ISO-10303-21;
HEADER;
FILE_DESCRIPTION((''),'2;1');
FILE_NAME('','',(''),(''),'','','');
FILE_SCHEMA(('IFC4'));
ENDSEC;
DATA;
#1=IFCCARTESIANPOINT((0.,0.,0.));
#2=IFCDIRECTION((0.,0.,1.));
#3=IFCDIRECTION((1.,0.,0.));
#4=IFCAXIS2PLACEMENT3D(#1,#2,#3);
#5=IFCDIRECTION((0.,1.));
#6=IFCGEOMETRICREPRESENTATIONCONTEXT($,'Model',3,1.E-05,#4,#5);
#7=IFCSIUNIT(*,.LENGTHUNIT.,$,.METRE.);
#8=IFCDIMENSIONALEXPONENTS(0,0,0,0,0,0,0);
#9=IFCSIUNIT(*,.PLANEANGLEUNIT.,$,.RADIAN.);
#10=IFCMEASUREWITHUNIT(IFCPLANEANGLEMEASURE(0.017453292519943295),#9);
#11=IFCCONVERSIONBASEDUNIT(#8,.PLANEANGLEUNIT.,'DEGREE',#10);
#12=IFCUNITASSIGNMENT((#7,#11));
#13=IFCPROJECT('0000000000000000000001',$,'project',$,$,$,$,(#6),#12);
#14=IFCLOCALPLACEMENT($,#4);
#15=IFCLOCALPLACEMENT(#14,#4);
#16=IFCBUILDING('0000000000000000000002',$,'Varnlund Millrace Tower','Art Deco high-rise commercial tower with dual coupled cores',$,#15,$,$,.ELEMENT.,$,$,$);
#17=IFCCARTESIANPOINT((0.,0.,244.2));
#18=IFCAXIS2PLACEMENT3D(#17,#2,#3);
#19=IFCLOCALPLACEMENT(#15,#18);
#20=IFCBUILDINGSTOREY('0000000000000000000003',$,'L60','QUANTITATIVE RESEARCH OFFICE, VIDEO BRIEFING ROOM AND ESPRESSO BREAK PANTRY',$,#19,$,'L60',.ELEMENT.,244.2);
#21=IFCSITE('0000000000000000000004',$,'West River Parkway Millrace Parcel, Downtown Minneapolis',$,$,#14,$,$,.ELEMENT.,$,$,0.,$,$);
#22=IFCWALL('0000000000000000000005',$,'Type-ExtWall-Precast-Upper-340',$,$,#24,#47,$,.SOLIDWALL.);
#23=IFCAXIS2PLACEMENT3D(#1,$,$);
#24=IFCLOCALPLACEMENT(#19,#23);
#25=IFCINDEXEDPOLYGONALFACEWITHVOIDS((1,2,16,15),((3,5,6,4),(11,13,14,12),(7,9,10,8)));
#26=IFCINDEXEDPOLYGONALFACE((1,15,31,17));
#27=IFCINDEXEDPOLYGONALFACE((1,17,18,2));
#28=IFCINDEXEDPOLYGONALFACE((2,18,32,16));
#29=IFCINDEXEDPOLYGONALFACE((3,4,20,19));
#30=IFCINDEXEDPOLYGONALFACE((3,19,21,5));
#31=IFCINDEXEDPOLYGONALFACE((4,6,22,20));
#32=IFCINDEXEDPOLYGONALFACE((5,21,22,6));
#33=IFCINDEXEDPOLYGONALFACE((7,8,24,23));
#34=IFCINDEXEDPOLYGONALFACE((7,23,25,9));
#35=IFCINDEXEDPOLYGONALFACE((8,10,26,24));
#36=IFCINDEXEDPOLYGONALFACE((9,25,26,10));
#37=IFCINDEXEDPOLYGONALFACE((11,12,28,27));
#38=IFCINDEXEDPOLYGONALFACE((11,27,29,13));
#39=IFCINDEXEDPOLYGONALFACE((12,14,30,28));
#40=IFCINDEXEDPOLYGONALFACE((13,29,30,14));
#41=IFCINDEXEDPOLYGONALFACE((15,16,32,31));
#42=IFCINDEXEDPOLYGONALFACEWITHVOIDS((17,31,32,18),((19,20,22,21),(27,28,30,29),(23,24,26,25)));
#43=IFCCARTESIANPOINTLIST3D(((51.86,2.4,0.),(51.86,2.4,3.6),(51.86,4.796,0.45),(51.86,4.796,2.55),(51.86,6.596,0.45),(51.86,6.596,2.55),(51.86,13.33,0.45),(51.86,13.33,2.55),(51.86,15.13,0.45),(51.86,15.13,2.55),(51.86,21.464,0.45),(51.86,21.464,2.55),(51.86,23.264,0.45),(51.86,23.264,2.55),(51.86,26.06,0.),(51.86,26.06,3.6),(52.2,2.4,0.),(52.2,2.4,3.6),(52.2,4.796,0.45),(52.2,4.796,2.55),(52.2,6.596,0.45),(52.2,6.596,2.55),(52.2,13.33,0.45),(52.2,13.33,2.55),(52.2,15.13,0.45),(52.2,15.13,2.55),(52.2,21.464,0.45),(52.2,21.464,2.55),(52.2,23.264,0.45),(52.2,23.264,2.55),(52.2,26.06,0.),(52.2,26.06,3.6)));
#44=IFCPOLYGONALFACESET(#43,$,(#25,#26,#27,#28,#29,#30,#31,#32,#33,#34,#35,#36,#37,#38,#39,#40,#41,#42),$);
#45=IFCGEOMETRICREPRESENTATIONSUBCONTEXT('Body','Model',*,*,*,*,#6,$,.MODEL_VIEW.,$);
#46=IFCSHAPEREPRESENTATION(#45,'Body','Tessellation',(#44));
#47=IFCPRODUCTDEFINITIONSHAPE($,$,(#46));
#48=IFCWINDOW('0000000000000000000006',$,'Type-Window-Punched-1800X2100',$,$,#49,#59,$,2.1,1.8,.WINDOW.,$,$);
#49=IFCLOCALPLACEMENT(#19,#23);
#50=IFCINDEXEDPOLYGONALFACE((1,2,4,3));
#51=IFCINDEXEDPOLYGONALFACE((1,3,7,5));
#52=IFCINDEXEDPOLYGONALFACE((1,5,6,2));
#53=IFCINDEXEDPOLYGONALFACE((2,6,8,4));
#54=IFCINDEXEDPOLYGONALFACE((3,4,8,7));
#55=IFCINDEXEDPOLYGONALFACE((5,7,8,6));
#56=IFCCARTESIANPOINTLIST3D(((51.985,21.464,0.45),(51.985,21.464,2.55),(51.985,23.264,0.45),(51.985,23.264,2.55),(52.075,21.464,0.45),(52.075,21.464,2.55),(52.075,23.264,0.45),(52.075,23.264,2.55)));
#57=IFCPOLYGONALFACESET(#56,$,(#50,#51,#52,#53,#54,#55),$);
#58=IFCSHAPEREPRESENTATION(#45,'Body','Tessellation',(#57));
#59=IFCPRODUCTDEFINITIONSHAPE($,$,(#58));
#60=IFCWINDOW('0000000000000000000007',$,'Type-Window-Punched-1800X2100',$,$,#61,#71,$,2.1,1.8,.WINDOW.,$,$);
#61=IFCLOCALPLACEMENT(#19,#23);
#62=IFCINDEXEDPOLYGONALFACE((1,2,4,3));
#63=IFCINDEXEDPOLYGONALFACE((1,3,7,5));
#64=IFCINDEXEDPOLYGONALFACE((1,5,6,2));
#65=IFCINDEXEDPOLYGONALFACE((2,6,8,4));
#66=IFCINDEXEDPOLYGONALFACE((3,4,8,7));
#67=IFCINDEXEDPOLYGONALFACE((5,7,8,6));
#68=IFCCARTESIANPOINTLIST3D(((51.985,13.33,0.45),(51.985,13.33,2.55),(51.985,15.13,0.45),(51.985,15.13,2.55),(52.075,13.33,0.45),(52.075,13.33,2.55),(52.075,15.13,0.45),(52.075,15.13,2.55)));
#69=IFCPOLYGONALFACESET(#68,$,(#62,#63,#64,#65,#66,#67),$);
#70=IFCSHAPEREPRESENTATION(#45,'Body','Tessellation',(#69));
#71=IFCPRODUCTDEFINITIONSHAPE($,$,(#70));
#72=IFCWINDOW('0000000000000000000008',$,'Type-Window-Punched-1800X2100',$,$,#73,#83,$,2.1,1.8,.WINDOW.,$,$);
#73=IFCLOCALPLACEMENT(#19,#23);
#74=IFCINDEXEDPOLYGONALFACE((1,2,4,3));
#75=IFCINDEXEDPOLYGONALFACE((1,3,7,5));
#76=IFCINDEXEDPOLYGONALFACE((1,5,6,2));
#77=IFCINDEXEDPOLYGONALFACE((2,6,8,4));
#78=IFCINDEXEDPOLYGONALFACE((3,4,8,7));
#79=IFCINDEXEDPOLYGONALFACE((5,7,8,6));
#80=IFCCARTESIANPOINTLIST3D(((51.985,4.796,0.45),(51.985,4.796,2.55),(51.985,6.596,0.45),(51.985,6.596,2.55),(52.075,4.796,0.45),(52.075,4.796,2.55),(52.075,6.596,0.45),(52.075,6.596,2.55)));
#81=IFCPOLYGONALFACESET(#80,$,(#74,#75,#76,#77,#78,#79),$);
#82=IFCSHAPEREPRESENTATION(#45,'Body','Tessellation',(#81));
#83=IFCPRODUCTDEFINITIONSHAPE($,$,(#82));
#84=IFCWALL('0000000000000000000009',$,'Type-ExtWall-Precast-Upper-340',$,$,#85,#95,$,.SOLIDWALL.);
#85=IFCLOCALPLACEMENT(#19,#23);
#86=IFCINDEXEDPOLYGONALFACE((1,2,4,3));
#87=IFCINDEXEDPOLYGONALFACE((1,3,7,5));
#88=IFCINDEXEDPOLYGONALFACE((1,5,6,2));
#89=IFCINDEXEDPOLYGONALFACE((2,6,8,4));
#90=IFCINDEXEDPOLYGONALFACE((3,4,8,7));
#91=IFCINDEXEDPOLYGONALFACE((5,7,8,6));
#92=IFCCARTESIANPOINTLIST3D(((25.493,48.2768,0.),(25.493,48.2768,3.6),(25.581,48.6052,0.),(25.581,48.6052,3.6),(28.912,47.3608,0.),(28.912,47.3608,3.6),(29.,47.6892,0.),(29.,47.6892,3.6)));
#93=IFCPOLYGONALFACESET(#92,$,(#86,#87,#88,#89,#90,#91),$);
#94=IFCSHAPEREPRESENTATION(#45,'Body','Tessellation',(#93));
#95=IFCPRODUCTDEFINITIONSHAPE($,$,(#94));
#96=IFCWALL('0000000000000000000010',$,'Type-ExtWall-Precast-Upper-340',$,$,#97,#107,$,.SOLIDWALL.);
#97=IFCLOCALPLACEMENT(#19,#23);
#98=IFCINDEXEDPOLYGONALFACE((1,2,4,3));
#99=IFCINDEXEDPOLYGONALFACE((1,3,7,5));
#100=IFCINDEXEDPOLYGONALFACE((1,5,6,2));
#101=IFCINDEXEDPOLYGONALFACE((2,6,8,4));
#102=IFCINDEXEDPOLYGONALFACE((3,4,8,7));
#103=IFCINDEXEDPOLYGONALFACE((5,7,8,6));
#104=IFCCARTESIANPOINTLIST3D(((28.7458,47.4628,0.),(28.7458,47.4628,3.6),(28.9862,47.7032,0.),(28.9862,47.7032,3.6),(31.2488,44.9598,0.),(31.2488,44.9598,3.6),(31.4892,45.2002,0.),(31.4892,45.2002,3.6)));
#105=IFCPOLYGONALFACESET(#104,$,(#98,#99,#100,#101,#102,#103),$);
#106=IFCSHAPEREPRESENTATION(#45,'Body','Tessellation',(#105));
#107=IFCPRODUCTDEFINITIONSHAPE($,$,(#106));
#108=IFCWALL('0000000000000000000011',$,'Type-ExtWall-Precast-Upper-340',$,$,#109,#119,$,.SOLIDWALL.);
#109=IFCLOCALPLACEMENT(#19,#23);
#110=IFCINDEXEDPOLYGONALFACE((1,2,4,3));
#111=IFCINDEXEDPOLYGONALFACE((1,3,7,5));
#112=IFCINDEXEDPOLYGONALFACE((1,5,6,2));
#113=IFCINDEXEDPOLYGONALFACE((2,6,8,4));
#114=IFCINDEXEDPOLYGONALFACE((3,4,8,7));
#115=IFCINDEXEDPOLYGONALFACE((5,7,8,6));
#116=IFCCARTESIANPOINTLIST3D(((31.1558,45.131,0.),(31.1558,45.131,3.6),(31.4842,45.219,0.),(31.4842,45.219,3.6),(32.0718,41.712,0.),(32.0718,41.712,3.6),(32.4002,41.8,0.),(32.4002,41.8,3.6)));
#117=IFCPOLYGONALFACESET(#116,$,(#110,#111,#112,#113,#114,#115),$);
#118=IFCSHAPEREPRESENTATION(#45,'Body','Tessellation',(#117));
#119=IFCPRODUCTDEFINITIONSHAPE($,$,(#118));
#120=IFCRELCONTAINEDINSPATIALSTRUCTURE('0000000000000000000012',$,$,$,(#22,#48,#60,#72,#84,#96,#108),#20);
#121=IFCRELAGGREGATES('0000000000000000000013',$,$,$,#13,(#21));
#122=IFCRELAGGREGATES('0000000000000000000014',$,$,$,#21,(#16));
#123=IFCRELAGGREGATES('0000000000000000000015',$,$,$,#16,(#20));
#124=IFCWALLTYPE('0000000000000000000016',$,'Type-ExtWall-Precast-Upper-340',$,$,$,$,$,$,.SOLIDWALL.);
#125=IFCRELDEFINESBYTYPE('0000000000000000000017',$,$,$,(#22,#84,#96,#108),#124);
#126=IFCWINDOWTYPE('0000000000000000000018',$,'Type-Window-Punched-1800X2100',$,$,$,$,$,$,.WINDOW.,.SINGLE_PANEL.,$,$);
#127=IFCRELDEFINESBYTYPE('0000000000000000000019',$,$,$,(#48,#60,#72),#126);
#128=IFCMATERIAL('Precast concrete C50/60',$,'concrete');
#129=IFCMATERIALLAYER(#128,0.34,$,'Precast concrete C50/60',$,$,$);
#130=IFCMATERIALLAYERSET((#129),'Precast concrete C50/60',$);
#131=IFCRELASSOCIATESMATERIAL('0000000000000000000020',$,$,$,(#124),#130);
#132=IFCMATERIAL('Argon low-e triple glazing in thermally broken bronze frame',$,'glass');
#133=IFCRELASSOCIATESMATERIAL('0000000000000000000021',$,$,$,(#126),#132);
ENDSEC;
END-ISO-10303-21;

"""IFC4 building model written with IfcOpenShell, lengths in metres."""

from ifc_helpers import new_model, entity, si_unit, converted_unit, direction, frame, origin_with_axes, origin_2d_with_axis, place, context, subcontext, project, spatial, polyline, rectangle, outline, extrude, material, layer, layer_set, type_object, element, fill, save


model = new_model("IFC4")

# Units and contexts
model_context = context("Model", 3, precision=1e-05, world=origin_with_axes(), true_north=direction((0.0, 1.0)))
body_context = subcontext(model_context, "Body", "Model", "MODEL_VIEW")
ifc_project = project(units=[si_unit("LENGTHUNIT", "METRE"), converted_unit("PLANEANGLEUNIT", "DEGREE", entity("IfcPlaneAngleMeasure", 0.017453292519943295), si_unit("PLANEANGLEUNIT", "RADIAN"), dimensions=[0, 0, 0, 0, 0, 0, 0])], contexts=[model_context])

# Site, building, storey
site_placement = place(None, origin_with_axes())
site = spatial("IfcSite", under=ifc_project, at=site_placement, Name="West River Parkway Millrace Parcel, Downtown Minneapolis", CompositionType="ELEMENT", RefElevation=0.0)
building_placement = place(site_placement, origin_with_axes())
building = spatial("IfcBuilding", under=site, at=building_placement, Name="Varnlund Millrace Tower", Description="Art Deco high-rise commercial tower with dual coupled cores", CompositionType="ELEMENT")
storey_placement = place(building_placement, frame((0.0, 0.0, 244.2), z_axis=(0.0, 0.0, 1.0), x_axis=(1.0, 0.0, 0.0)))
storey = spatial("IfcBuildingStorey", under=building, at=storey_placement, Name="L60", Description="QUANTITATIVE RESEARCH OFFICE, VIDEO BRIEFING ROOM AND ESPRESSO BREAK PANTRY", LongName="L60", CompositionType="ELEMENT", Elevation=244.2)

# Shared definitions
ifc_material_1 = material(Name="Precast concrete C50/60", Category="concrete")
ifc_layer_1 = layer(ifc_material_1, 0.34, Name="Precast concrete C50/60")
ifc_layer_set_1 = layer_set([ifc_layer_1], Name="Precast concrete C50/60")
wall_type_1 = type_object("IfcWallType", Name="Type-ExtWall-Precast-Upper-340", PredefinedType="SOLIDWALL", material=ifc_layer_set_1)
ifc_material_2 = material(Name="Argon low-e triple glazing in thermally broken bronze frame", Category="glass")
window_type = type_object("IfcWindowType", Name="Type-Window-Punched-1800X2100", PartitioningType="SINGLE_PANEL", PredefinedType="WINDOW", material=ifc_material_2)

# Wall, openings, windows
wall_1_placement = place(storey_placement, frame((52.03, 26.06, 0.0), z_axis=(0.0, 0.0, 1.0), x_axis=(0.0, -1.0, 0.0)))
wall_1 = element("IfcWall", 1, at=wall_1_placement, inside=storey, type_object=wall_type_1, Name="Type-ExtWall-Precast-Upper-340", PredefinedType="SOLIDWALL", context=body_context, shape_type="SweptSolid", body=[
    extrude(outline(polyline([(0.0, -0.17), (23.66, -0.17), (23.66, 0.17), (0.0, 0.17), (0.0, -0.17)])), origin_with_axes(), (0.0, 0.0, 1.0), 3.6),
])
opening_1_placement = place(wall_1_placement, frame((3.696, 0.0, 0.45), z_axis=(0.0, 0.0, 1.0), x_axis=(1.0, 0.0, 0.0)))
opening_1 = element("IfcOpeningElement", 2, at=opening_1_placement, cuts=wall_1, PredefinedType="OPENING", context=body_context, shape_type="SweptSolid", body=[
    extrude(rectangle(XDim=1.8, YDim=0.36, at=origin_2d_with_axis()), origin_with_axes(), (0.0, 0.0, 1.0), 2.1),
])
opening_2_placement = place(wall_1_placement, frame((11.83, 0.0, 0.45), z_axis=(0.0, 0.0, 1.0), x_axis=(1.0, 0.0, 0.0)))
opening_2 = element("IfcOpeningElement", 3, at=opening_2_placement, cuts=wall_1, PredefinedType="OPENING", context=body_context, shape_type="SweptSolid", body=[
    extrude(rectangle(XDim=1.8, YDim=0.36, at=origin_2d_with_axis()), origin_with_axes(), (0.0, 0.0, 1.0), 2.1),
])
opening_3_placement = place(wall_1_placement, frame((20.364, 0.0, 0.45), z_axis=(0.0, 0.0, 1.0), x_axis=(1.0, 0.0, 0.0)))
opening_3 = element("IfcOpeningElement", 4, at=opening_3_placement, cuts=wall_1, PredefinedType="OPENING", context=body_context, shape_type="SweptSolid", body=[
    extrude(rectangle(XDim=1.8, YDim=0.36, at=origin_2d_with_axis()), origin_with_axes(), (0.0, 0.0, 1.0), 2.1),
])
window_1_placement = place(wall_1_placement, frame((3.696, 0.0, 0.45), z_axis=(0.0, 0.0, 1.0), x_axis=(1.0, 0.0, 0.0)))
window_1 = element("IfcWindow", 5, at=window_1_placement, inside=storey, type_object=window_type, Name="Type-Window-Punched-1800X2100", OverallHeight=2.1, OverallWidth=1.8, PredefinedType="WINDOW", context=body_context, shape_type="SweptSolid", body=[
    extrude(rectangle(XDim=1.8, YDim=0.09, at=origin_2d_with_axis()), origin_with_axes(), (0.0, 0.0, 1.0), 2.1),
])
fill(opening_1, window_1)
window_2_placement = place(wall_1_placement, frame((11.83, 0.0, 0.45), z_axis=(0.0, 0.0, 1.0), x_axis=(1.0, 0.0, 0.0)))
window_2 = element("IfcWindow", 6, at=window_2_placement, inside=storey, type_object=window_type, Name="Type-Window-Punched-1800X2100", OverallHeight=2.1, OverallWidth=1.8, PredefinedType="WINDOW", context=body_context, shape_type="SweptSolid", body=[
    extrude(rectangle(XDim=1.8, YDim=0.09, at=origin_2d_with_axis()), origin_with_axes(), (0.0, 0.0, 1.0), 2.1),
])
fill(opening_2, window_2)
window_3_placement = place(wall_1_placement, frame((20.364, 0.0, 0.45), z_axis=(0.0, 0.0, 1.0), x_axis=(1.0, 0.0, 0.0)))
window_3 = element("IfcWindow", 7, at=window_3_placement, inside=storey, type_object=window_type, Name="Type-Window-Punched-1800X2100", OverallHeight=2.1, OverallWidth=1.8, PredefinedType="WINDOW", context=body_context, shape_type="SweptSolid", body=[
    extrude(rectangle(XDim=1.8, YDim=0.09, at=origin_2d_with_axis()), origin_with_axes(), (0.0, 0.0, 1.0), 2.1),
])
fill(opening_3, window_3)

# Walls
wall_2_placement = place(storey_placement, frame((25.537, 48.441, 0.0), z_axis=(0.0, 0.0, 1.0), x_axis=(0.965934, -0.258788, 0.0)))
element("IfcWall", 8, at=wall_2_placement, inside=storey, type_object=wall_type_1, Name="Type-ExtWall-Precast-Upper-340", PredefinedType="SOLIDWALL", context=body_context, shape_type="SweptSolid", body=[
    extrude(outline(polyline([(0.0, -0.17), (3.5396, -0.17), (3.5396, 0.17), (0.0, 0.17), (0.0, -0.17)])), origin_with_axes(), (0.0, 0.0, 1.0), 3.6),
])
wall_3_placement = place(storey_placement, frame((28.866, 47.583, 0.0), z_axis=(0.0, 0.0, 1.0), x_axis=(0.707107, -0.707107, 0.0)))
element("IfcWall", 9, at=wall_3_placement, inside=storey, type_object=wall_type_1, Name="Type-ExtWall-Precast-Upper-340", PredefinedType="SOLIDWALL", context=body_context, shape_type="SweptSolid", body=[
    extrude(outline(polyline([(0.0, -0.17), (3.5398, -0.17), (3.5398, 0.17), (0.0, 0.17), (0.0, -0.17)])), origin_with_axes(), (0.0, 0.0, 1.0), 3.6),
])
wall_4_placement = place(storey_placement, frame((31.32, 45.175, 0.0), z_axis=(0.0, 0.0, 1.0), x_axis=(0.258788, -0.965934, 0.0)))
element("IfcWall", 10, at=wall_4_placement, inside=storey, type_object=wall_type_1, Name="Type-ExtWall-Precast-Upper-340", PredefinedType="SOLIDWALL", context=body_context, shape_type="SweptSolid", body=[
    extrude(outline(polyline([(0.0, -0.17), (3.5396, -0.17), (3.5396, 0.17), (0.0, 0.17), (0.0, -0.17)])), origin_with_axes(), (0.0, 0.0, 1.0), 3.6),
])

save(model, "model.ifc")
